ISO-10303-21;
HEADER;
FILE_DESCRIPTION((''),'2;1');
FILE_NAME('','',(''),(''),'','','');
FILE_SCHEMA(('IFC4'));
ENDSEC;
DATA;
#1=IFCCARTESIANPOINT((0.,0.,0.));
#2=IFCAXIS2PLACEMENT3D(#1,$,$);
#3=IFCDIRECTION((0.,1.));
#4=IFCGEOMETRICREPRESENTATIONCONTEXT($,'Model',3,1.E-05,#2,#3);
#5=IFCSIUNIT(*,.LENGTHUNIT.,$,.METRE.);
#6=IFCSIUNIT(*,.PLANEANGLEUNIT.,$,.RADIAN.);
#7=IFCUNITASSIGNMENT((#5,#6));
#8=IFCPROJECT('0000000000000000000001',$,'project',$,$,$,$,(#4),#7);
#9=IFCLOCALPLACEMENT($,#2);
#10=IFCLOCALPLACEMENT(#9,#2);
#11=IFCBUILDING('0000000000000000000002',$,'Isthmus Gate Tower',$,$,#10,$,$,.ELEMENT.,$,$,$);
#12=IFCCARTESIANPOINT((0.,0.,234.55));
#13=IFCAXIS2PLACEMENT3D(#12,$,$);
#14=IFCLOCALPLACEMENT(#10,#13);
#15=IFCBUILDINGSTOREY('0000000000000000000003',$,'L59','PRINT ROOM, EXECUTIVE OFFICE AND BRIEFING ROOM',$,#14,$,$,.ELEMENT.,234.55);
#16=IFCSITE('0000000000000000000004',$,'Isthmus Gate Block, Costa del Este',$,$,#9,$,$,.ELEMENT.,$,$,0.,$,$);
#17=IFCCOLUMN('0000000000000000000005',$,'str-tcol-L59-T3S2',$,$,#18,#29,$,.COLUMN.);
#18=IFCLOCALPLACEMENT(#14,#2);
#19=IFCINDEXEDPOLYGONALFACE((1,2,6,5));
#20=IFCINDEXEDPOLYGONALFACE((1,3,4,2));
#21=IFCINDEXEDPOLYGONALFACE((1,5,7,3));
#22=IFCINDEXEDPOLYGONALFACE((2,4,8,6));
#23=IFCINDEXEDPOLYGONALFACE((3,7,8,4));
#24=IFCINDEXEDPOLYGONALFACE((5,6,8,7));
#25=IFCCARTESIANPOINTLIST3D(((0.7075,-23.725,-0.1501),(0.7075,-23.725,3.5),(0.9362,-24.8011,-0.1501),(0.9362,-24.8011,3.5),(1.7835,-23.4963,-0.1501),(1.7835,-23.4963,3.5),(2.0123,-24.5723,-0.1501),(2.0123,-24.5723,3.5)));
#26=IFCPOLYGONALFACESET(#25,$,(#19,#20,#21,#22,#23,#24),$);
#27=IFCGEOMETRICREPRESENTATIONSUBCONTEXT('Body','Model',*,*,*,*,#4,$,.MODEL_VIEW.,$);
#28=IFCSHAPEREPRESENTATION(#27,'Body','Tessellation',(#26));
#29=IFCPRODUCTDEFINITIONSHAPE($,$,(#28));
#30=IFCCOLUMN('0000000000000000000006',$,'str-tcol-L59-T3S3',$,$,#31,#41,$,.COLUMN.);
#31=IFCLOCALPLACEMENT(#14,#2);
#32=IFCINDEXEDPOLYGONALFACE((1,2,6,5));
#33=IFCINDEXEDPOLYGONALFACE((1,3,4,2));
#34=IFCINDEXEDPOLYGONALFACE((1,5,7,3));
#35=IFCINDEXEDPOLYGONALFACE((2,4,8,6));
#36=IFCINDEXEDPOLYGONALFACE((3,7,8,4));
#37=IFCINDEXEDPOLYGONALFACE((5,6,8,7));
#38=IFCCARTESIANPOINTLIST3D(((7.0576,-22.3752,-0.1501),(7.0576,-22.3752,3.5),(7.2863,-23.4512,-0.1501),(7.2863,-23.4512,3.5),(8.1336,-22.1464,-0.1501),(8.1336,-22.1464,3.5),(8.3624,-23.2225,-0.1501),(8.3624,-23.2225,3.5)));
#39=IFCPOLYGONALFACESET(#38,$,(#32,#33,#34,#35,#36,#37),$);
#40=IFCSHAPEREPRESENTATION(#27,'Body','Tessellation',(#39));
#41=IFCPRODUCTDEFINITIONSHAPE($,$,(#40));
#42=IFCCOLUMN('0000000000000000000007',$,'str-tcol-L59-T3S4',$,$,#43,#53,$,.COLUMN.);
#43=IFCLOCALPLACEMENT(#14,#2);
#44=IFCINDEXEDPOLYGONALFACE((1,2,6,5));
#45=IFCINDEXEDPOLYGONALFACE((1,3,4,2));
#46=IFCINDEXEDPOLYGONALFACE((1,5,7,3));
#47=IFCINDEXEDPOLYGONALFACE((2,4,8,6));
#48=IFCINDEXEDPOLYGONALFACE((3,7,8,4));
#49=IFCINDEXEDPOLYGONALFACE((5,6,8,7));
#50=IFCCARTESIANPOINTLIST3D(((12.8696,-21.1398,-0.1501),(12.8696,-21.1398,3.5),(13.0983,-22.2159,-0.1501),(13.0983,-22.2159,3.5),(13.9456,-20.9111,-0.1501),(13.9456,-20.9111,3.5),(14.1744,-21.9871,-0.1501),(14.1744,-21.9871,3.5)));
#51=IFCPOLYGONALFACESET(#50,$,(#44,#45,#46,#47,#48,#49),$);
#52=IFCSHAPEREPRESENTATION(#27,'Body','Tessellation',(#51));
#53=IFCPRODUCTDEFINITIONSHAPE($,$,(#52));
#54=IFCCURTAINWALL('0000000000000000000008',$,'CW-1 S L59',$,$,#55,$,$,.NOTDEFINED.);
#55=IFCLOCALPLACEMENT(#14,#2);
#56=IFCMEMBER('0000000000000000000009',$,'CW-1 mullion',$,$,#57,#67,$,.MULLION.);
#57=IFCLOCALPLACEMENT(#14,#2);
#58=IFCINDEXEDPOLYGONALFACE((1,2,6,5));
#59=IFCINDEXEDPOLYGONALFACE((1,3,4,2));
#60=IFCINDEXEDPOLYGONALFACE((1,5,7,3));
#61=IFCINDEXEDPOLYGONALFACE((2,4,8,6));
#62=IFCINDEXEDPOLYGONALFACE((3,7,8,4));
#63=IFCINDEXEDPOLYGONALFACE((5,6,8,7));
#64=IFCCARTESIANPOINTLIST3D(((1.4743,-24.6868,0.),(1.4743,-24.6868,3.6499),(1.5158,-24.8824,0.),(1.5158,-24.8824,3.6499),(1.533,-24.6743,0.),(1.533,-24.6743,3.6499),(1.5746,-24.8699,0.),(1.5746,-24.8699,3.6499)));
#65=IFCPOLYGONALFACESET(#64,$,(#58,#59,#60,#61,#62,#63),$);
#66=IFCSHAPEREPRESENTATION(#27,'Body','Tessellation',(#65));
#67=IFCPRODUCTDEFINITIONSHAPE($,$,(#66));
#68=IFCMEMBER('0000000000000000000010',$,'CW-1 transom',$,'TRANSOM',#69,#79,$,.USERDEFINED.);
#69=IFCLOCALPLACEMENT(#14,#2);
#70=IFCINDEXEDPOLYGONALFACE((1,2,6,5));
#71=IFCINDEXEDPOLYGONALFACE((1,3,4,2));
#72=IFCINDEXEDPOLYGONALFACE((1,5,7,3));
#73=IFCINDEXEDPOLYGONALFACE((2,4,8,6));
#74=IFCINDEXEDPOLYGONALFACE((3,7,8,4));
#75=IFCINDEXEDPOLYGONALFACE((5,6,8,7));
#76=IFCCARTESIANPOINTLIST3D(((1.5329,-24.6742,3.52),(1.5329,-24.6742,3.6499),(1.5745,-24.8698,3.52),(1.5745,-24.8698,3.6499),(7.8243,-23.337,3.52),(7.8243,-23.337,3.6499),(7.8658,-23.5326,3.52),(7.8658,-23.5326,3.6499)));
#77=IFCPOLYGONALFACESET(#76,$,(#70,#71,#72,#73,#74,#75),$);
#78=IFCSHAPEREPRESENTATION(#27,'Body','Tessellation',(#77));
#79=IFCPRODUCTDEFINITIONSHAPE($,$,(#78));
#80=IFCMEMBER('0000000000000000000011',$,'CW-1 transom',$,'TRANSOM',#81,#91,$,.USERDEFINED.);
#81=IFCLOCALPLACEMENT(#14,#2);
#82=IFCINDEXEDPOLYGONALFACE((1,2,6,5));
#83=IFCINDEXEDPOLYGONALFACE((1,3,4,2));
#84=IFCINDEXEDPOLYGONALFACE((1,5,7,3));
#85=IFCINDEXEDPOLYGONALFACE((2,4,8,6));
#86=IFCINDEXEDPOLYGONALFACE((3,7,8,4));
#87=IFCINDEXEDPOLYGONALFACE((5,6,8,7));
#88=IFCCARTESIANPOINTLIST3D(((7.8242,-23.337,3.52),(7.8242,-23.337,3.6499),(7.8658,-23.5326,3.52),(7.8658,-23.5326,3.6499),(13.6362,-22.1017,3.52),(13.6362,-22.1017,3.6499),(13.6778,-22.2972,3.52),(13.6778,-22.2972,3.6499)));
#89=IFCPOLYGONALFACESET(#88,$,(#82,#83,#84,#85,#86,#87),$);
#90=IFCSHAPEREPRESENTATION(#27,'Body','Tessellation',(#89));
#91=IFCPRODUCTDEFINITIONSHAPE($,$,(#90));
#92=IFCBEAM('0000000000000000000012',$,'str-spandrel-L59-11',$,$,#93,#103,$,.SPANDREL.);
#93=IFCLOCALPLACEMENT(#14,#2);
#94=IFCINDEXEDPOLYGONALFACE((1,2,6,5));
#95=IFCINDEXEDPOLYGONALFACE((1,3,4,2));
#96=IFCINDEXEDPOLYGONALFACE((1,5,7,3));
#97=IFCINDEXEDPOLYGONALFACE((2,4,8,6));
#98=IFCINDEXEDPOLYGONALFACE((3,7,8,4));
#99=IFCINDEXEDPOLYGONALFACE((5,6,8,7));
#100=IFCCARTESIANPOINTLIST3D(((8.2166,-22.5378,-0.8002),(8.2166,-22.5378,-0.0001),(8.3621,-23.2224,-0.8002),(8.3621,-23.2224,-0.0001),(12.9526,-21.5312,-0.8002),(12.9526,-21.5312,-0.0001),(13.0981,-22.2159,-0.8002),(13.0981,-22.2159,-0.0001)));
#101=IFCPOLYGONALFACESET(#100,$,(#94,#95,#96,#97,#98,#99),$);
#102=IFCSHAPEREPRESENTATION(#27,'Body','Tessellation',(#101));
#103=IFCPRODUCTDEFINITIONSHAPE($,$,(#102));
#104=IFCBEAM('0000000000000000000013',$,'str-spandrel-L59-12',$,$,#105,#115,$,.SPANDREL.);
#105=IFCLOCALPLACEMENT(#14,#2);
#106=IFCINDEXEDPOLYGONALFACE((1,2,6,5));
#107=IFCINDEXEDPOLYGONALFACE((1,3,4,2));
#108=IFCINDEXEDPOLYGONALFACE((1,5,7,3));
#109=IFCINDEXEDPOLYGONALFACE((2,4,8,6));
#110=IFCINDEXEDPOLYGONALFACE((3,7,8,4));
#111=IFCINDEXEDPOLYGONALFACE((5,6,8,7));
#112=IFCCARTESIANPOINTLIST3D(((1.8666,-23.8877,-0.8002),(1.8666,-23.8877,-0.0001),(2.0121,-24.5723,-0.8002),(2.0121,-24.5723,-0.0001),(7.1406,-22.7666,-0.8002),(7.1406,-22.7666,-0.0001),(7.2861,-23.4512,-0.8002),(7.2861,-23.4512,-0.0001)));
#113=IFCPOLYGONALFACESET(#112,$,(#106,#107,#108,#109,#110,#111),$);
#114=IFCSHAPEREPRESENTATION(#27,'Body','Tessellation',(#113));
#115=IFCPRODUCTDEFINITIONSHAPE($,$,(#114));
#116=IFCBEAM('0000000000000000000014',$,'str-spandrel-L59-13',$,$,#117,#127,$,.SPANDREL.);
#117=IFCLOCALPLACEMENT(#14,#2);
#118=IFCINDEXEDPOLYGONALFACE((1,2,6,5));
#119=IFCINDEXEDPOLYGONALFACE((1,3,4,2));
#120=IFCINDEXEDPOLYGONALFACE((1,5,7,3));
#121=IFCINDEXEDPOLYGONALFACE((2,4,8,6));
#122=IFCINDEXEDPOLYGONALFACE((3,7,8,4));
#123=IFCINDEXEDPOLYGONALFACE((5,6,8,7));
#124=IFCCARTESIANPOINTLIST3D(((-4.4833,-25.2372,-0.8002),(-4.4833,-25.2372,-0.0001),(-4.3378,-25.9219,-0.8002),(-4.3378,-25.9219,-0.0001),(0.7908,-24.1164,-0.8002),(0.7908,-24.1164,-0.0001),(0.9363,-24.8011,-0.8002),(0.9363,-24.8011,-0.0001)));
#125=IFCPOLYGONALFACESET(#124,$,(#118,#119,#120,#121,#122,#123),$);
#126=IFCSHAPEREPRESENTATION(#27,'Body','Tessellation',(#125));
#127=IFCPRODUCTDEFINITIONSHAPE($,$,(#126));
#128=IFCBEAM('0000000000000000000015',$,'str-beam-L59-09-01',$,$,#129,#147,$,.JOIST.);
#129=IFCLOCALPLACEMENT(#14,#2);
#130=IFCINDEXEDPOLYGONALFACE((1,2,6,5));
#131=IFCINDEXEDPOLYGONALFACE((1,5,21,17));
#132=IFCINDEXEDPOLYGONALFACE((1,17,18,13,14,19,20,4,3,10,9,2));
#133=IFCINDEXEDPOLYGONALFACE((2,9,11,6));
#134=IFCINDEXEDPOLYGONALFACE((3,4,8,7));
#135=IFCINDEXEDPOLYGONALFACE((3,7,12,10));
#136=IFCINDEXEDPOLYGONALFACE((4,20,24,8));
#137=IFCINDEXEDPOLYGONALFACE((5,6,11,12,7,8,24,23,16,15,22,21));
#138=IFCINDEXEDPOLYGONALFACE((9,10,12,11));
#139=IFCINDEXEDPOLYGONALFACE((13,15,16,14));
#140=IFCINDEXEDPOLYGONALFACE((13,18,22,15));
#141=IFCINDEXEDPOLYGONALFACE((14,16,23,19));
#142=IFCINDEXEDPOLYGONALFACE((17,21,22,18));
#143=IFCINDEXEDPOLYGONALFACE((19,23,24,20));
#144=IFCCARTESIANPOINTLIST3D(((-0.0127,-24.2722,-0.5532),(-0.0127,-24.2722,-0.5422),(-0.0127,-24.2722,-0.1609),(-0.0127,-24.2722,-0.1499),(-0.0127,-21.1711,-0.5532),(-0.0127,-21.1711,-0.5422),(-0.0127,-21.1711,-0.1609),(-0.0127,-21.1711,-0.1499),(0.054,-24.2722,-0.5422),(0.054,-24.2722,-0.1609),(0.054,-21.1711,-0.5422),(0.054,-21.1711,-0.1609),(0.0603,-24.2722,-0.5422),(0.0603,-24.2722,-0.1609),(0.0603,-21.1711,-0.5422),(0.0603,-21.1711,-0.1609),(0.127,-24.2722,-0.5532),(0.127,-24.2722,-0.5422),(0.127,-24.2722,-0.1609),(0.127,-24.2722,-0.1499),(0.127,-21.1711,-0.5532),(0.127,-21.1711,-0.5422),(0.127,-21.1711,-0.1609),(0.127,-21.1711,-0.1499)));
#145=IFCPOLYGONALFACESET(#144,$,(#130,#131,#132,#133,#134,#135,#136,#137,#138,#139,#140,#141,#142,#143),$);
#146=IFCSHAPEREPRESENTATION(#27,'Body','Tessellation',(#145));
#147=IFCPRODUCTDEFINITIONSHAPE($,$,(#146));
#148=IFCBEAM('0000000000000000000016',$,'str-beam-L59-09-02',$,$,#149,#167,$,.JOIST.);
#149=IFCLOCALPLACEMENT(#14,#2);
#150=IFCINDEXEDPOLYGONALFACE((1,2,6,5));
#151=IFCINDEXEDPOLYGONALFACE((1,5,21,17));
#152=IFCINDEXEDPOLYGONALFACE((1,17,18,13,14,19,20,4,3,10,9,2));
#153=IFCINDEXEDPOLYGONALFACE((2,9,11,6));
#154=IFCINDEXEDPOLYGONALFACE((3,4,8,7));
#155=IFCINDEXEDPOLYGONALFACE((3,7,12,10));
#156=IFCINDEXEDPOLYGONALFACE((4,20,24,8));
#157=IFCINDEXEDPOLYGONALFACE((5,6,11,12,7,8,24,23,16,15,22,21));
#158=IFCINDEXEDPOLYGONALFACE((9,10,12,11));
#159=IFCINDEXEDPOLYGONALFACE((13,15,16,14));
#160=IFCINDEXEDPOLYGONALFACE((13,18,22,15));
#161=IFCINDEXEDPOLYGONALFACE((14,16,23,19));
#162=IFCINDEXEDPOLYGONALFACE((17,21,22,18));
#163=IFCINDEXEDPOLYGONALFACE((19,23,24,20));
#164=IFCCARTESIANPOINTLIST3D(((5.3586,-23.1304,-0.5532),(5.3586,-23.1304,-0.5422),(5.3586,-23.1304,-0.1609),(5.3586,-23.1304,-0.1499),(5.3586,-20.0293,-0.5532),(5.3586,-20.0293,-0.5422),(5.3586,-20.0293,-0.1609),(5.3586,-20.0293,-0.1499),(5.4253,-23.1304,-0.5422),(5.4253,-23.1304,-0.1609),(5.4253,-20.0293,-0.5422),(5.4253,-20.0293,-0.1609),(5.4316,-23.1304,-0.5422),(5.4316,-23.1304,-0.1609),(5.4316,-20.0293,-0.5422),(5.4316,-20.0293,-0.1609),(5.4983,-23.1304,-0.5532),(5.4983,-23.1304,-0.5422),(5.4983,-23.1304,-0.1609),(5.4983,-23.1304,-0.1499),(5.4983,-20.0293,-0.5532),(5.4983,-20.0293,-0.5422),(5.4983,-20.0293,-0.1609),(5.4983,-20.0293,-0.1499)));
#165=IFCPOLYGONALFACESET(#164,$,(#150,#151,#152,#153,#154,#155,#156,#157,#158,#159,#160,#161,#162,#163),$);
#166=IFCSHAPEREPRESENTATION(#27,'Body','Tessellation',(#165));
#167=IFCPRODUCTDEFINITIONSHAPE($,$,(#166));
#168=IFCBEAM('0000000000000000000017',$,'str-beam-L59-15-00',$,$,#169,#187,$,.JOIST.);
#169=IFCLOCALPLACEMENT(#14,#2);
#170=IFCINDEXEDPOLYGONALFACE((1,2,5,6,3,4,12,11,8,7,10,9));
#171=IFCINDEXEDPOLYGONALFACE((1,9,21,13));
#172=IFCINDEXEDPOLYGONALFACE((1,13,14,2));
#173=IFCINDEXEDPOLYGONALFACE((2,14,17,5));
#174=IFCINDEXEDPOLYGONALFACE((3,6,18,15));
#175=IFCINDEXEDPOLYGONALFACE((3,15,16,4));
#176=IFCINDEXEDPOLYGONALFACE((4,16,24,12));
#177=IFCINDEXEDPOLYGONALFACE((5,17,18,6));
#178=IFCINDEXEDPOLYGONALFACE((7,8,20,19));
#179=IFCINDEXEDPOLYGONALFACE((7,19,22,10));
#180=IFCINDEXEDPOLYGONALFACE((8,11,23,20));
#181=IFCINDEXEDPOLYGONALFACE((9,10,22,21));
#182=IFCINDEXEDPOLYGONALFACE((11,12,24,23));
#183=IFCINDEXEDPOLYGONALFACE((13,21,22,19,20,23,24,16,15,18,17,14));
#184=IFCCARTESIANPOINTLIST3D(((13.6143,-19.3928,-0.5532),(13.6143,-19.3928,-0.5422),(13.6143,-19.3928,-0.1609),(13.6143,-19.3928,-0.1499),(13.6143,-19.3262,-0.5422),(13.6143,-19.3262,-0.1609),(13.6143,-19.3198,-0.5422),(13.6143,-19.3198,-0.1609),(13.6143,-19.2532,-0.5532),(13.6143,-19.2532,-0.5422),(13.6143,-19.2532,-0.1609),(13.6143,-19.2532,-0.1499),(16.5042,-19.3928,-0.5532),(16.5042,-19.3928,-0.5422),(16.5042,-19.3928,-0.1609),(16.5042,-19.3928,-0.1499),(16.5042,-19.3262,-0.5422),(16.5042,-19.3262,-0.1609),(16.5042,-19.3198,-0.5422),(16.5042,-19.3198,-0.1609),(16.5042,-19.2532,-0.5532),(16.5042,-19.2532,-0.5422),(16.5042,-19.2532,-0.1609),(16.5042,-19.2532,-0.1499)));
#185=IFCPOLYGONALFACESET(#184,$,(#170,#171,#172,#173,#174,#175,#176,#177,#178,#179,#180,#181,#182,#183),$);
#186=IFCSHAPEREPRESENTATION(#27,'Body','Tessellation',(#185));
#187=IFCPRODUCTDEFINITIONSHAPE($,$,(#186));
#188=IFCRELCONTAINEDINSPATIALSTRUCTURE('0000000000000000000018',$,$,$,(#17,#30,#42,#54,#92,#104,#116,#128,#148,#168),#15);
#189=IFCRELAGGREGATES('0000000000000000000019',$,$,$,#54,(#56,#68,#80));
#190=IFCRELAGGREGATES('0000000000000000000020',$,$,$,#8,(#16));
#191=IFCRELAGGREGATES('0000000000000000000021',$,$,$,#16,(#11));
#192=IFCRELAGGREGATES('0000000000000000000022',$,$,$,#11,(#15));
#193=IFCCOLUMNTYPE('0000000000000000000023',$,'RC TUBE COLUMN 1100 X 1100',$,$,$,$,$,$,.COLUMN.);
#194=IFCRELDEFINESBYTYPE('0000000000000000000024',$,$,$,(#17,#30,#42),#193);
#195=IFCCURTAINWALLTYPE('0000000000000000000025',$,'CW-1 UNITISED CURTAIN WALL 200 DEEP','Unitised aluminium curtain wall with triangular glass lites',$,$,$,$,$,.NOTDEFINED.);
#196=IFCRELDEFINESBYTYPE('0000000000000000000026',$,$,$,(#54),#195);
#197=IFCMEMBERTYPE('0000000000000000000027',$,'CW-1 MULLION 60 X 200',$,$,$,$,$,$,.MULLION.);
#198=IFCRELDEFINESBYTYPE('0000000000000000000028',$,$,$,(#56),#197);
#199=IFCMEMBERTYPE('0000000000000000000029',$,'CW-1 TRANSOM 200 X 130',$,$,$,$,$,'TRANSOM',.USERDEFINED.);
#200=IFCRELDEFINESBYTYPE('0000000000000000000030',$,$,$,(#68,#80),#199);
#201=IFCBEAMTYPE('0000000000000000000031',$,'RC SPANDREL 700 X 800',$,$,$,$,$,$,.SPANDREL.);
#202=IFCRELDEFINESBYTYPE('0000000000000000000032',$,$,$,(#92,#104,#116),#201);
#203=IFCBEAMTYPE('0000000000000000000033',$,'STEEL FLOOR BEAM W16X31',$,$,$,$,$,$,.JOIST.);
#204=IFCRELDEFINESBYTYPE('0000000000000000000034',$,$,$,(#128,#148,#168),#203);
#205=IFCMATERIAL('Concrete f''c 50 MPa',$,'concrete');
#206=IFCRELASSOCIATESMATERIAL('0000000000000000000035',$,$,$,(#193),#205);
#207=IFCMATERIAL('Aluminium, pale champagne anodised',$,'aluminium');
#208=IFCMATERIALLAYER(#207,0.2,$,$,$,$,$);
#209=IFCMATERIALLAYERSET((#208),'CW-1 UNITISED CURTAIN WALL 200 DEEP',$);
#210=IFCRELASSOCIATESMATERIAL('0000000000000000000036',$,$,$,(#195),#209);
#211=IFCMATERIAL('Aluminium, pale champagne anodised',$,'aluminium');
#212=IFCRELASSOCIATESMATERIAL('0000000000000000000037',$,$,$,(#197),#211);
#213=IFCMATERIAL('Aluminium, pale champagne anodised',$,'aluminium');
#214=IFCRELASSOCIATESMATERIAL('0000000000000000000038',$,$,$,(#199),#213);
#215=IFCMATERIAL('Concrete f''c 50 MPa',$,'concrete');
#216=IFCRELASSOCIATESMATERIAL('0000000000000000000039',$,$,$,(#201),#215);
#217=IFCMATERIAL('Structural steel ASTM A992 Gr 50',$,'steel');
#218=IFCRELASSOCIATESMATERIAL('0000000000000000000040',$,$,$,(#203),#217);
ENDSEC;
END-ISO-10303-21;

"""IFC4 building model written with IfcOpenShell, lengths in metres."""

from ifc_helpers import new_model, si_unit, direction, frame, origin, origin_2d, place, context, subcontext, project, spatial, rectangle, i_section, extrude, material, layer, layer_set, material_profile, profile_set, type_object, element, aggregate, save


model = new_model("IFC4")

# Units and contexts
model_context = context("Model", 3, precision=1e-05, world=origin(), true_north=direction((0.0, 1.0)))
body_context = subcontext(model_context, "Body", "Model", "MODEL_VIEW")
ifc_project = project(units=[si_unit("LENGTHUNIT", "METRE"), si_unit("PLANEANGLEUNIT", "RADIAN")], contexts=[model_context])

# Site, building, storey
site_placement = place(None, origin())
site = spatial("IfcSite", under=ifc_project, at=site_placement, Name="Isthmus Gate Block, Costa del Este", CompositionType="ELEMENT", RefElevation=0.0)
building_placement = place(site_placement, origin())
building = spatial("IfcBuilding", under=site, at=building_placement, Name="Isthmus Gate Tower", CompositionType="ELEMENT")
storey_placement = place(building_placement, frame((0.0, 0.0, 234.55)))
storey = spatial("IfcBuildingStorey", under=building, at=storey_placement, Name="L59", Description="PRINT ROOM, EXECUTIVE OFFICE AND BRIEFING ROOM", CompositionType="ELEMENT", Elevation=234.55)

# Columns
ifc_material_1 = material(Name="Concrete f'c 50 MPa", Category="concrete")
ifc_material_profile_1 = material_profile(ifc_material_1, rectangle(XDim=1.1001, YDim=1.1001, at=origin_2d()), Name="RC 1100X1100")
ifc_profile_set_1 = profile_set([ifc_material_profile_1], Name="Concrete f'c 50 MPa")
column_type = type_object("IfcColumnType", Name="RC TUBE COLUMN 1100 X 1100", PredefinedType="COLUMN", material=ifc_profile_set_1)
for number, where, z_axis, x_axis, name in (
    (1, (1.3599, -24.1487, -0.1501), (0.0, 0.0, 1.0), (0.978148, 0.207912, 0.0), "str-tcol-L59-T3S2"),
    (2, (7.71, -22.7988, -0.1501), (0.0, 0.0, 1.0), (0.978148, 0.207912, 0.0), "str-tcol-L59-T3S3"),
    (3, (13.522, -21.5635, -0.1501), (0.0, 0.0, 1.0), (0.978148, 0.207912, 0.0), "str-tcol-L59-T3S4"),
):
    element("IfcColumn", number, at=place(storey_placement, frame(where, z_axis=z_axis, x_axis=x_axis)), inside=storey, type_object=column_type, Name=name, PredefinedType="COLUMN", context=body_context, shape_type="SweptSolid", body=[
        extrude(rectangle(XDim=1.1001, YDim=1.1001, at=origin_2d()), origin(), (0.0, 0.0, 1.0), 3.6501),
    ])

# Curtain wall, members
ifc_material_2 = material(Name="Aluminium, pale champagne anodised", Category="aluminium")
ifc_layer_1 = layer(ifc_material_2, 0.2)
ifc_layer_set_1 = layer_set([ifc_layer_1], Name="CW-1 UNITISED CURTAIN WALL 200 DEEP")
curtain_wall_type = type_object("IfcCurtainWallType", Name="CW-1 UNITISED CURTAIN WALL 200 DEEP", Description="Unitised aluminium curtain wall with triangular glass lites", PredefinedType="NOTDEFINED", material=ifc_layer_set_1)
curtain_wall_placement = place(storey_placement, origin())
curtain_wall = element("IfcCurtainWall", 4, at=curtain_wall_placement, inside=storey, type_object=curtain_wall_type, Name="CW-1 S L59", PredefinedType="NOTDEFINED")
ifc_material_3 = material(Name="Aluminium, pale champagne anodised", Category="aluminium")
ifc_material_profile_2 = material_profile(ifc_material_3, rectangle(XDim=0.0601, YDim=0.2, at=origin_2d()), Name="60x200")
ifc_profile_set_2 = profile_set([ifc_material_profile_2], Name="Aluminium, pale champagne anodised")
member_type_1 = type_object("IfcMemberType", Name="CW-1 MULLION 60 X 200", PredefinedType="MULLION", material=ifc_profile_set_2)
member_1_placement = place(storey_placement, frame((1.5244, -24.7783, 0.0), z_axis=(0.0, 0.0, 1.0), x_axis=(0.978148, 0.207912, 0.0)))
member_1 = element("IfcMember", 5, at=member_1_placement, type_object=member_type_1, Name="CW-1 mullion", PredefinedType="MULLION", context=body_context, shape_type="SweptSolid", body=[
    extrude(rectangle(XDim=0.0601, YDim=0.2, at=origin_2d()), origin(), (0.0, 0.0, 1.0), 3.6499),
])
ifc_material_4 = material(Name="Aluminium, pale champagne anodised", Category="aluminium")
ifc_material_profile_3 = material_profile(ifc_material_4, rectangle(XDim=0.2, YDim=0.1299, at=origin_2d()), Name="200x130")
ifc_profile_set_3 = profile_set([ifc_material_profile_3], Name="Aluminium, pale champagne anodised")
member_type_2 = type_object("IfcMemberType", Name="CW-1 TRANSOM 200 X 130", ElementType="TRANSOM", PredefinedType="USERDEFINED", material=ifc_profile_set_3)
member_2_placement = place(storey_placement, frame((1.5537, -24.772, 3.585), z_axis=(0.97815, 0.207898, 0.0), x_axis=(-0.207898, 0.97815, 0.0)))
member_2 = element("IfcMember", 6, at=member_2_placement, type_object=member_type_2, Name="CW-1 transom", ObjectType="TRANSOM", PredefinedType="USERDEFINED", context=body_context, shape_type="SweptSolid", body=[
    extrude(rectangle(XDim=0.2, YDim=0.1299, at=origin_2d()), origin(), (0.0, 0.0, 1.0), 6.4319),
])
member_3_placement = place(storey_placement, frame((7.845, -23.4348, 3.585), z_axis=(0.978149, 0.207907, 0.0), x_axis=(-0.207907, 0.978149, 0.0)))
member_3 = element("IfcMember", 7, at=member_3_placement, type_object=member_type_2, Name="CW-1 transom", ObjectType="TRANSOM", PredefinedType="USERDEFINED", context=body_context, shape_type="SweptSolid", body=[
    extrude(rectangle(XDim=0.2, YDim=0.1299, at=origin_2d()), origin(), (0.0, 0.0, 1.0), 5.9419),
])

# Beams
ifc_material_5 = material(Name="Concrete f'c 50 MPa", Category="concrete")
ifc_material_profile_4 = material_profile(ifc_material_5, rectangle(XDim=0.7, YDim=0.8, at=origin_2d()), Name="RC 700X800")
ifc_profile_set_4 = profile_set([ifc_material_profile_4], Name="Concrete f'c 50 MPa")
beam_type_1 = type_object("IfcBeamType", Name="RC SPANDREL 700 X 800", PredefinedType="SPANDREL", material=ifc_profile_set_4)
beam_1_placement = place(storey_placement, frame((13.0254, -21.8735, -0.4001), z_axis=(-0.978152, -0.207893, 0.0), x_axis=(0.207893, -0.978152, 0.0)))
element("IfcBeam", 8, at=beam_1_placement, inside=storey, type_object=beam_type_1, Name="str-spandrel-L59-11", PredefinedType="SPANDREL", context=body_context, shape_type="SweptSolid", body=[
    extrude(rectangle(XDim=0.7, YDim=0.8, at=origin_2d()), origin(), (0.0, 0.0, 1.0), 4.8418),
])
for number, where, z_axis, x_axis, name in (
    (9, (7.2134, -23.1089, -0.4001), (-0.978144, -0.207927, 0.0), (0.207927, -0.978144, 0.0), "str-spandrel-L59-12"),
    (10, (0.8635, -24.4587, -0.4001), (-0.978156, -0.207874, 0.0), (0.207874, -0.978156, 0.0), "str-spandrel-L59-13"),
):
    element("IfcBeam", number, at=place(storey_placement, frame(where, z_axis=z_axis, x_axis=x_axis)), inside=storey, type_object=beam_type_1, Name=name, PredefinedType="SPANDREL", context=body_context, shape_type="SweptSolid", body=[
        extrude(rectangle(XDim=0.7, YDim=0.8, at=origin_2d()), origin(), (0.0, 0.0, 1.0), 5.3918),
    ])
ifc_material_6 = material(Name="Structural steel ASTM A992 Gr 50", Category="steel")
ifc_material_profile_5 = material_profile(ifc_material_6, i_section(OverallWidth=0.1396, OverallDepth=0.4033, WebThickness=0.0063, FlangeThickness=0.011, at=origin_2d()), Name="W16X31")
ifc_profile_set_5 = profile_set([ifc_material_profile_5], Name="Structural steel ASTM A992 Gr 50")
beam_type_2 = type_object("IfcBeamType", Name="STEEL FLOOR BEAM W16X31", PredefinedType="JOIST", material=ifc_profile_set_5)
for number, where, z_axis, x_axis, name in (
    (11, (0.0571, -24.2722, -0.3516), (0.0, 1.0, 0.0), (-1.0, 0.0, 0.0), "str-beam-L59-09-01"),
    (12, (5.4285, -23.1304, -0.3516), (0.0, 1.0, 0.0), (-1.0, 0.0, 0.0), "str-beam-L59-09-02"),
):
    element("IfcBeam", number, at=place(storey_placement, frame(where, z_axis=z_axis, x_axis=x_axis)), inside=storey, type_object=beam_type_2, Name=name, PredefinedType="JOIST", context=body_context, shape_type="SweptSolid", body=[
        extrude(i_section(OverallWidth=0.1396, OverallDepth=0.4033, WebThickness=0.0063, FlangeThickness=0.011, at=origin_2d()), origin(), (0.0, 0.0, 1.0), 3.1011),
    ])
beam_2_placement = place(storey_placement, frame((13.6143, -19.323, -0.3516), z_axis=(1.0, 0.0, 0.0), x_axis=(0.0, 1.0, 0.0)))
element("IfcBeam", 13, at=beam_2_placement, inside=storey, type_object=beam_type_2, Name="str-beam-L59-15-00", PredefinedType="JOIST", context=body_context, shape_type="SweptSolid", body=[
    extrude(i_section(OverallWidth=0.1396, OverallDepth=0.4033, WebThickness=0.0063, FlangeThickness=0.011, at=origin_2d()), origin(), (0.0, 0.0, 1.0), 2.8899),
])

aggregate(curtain_wall, [member_1, member_2, member_3])

save(model, "model.ifc")
